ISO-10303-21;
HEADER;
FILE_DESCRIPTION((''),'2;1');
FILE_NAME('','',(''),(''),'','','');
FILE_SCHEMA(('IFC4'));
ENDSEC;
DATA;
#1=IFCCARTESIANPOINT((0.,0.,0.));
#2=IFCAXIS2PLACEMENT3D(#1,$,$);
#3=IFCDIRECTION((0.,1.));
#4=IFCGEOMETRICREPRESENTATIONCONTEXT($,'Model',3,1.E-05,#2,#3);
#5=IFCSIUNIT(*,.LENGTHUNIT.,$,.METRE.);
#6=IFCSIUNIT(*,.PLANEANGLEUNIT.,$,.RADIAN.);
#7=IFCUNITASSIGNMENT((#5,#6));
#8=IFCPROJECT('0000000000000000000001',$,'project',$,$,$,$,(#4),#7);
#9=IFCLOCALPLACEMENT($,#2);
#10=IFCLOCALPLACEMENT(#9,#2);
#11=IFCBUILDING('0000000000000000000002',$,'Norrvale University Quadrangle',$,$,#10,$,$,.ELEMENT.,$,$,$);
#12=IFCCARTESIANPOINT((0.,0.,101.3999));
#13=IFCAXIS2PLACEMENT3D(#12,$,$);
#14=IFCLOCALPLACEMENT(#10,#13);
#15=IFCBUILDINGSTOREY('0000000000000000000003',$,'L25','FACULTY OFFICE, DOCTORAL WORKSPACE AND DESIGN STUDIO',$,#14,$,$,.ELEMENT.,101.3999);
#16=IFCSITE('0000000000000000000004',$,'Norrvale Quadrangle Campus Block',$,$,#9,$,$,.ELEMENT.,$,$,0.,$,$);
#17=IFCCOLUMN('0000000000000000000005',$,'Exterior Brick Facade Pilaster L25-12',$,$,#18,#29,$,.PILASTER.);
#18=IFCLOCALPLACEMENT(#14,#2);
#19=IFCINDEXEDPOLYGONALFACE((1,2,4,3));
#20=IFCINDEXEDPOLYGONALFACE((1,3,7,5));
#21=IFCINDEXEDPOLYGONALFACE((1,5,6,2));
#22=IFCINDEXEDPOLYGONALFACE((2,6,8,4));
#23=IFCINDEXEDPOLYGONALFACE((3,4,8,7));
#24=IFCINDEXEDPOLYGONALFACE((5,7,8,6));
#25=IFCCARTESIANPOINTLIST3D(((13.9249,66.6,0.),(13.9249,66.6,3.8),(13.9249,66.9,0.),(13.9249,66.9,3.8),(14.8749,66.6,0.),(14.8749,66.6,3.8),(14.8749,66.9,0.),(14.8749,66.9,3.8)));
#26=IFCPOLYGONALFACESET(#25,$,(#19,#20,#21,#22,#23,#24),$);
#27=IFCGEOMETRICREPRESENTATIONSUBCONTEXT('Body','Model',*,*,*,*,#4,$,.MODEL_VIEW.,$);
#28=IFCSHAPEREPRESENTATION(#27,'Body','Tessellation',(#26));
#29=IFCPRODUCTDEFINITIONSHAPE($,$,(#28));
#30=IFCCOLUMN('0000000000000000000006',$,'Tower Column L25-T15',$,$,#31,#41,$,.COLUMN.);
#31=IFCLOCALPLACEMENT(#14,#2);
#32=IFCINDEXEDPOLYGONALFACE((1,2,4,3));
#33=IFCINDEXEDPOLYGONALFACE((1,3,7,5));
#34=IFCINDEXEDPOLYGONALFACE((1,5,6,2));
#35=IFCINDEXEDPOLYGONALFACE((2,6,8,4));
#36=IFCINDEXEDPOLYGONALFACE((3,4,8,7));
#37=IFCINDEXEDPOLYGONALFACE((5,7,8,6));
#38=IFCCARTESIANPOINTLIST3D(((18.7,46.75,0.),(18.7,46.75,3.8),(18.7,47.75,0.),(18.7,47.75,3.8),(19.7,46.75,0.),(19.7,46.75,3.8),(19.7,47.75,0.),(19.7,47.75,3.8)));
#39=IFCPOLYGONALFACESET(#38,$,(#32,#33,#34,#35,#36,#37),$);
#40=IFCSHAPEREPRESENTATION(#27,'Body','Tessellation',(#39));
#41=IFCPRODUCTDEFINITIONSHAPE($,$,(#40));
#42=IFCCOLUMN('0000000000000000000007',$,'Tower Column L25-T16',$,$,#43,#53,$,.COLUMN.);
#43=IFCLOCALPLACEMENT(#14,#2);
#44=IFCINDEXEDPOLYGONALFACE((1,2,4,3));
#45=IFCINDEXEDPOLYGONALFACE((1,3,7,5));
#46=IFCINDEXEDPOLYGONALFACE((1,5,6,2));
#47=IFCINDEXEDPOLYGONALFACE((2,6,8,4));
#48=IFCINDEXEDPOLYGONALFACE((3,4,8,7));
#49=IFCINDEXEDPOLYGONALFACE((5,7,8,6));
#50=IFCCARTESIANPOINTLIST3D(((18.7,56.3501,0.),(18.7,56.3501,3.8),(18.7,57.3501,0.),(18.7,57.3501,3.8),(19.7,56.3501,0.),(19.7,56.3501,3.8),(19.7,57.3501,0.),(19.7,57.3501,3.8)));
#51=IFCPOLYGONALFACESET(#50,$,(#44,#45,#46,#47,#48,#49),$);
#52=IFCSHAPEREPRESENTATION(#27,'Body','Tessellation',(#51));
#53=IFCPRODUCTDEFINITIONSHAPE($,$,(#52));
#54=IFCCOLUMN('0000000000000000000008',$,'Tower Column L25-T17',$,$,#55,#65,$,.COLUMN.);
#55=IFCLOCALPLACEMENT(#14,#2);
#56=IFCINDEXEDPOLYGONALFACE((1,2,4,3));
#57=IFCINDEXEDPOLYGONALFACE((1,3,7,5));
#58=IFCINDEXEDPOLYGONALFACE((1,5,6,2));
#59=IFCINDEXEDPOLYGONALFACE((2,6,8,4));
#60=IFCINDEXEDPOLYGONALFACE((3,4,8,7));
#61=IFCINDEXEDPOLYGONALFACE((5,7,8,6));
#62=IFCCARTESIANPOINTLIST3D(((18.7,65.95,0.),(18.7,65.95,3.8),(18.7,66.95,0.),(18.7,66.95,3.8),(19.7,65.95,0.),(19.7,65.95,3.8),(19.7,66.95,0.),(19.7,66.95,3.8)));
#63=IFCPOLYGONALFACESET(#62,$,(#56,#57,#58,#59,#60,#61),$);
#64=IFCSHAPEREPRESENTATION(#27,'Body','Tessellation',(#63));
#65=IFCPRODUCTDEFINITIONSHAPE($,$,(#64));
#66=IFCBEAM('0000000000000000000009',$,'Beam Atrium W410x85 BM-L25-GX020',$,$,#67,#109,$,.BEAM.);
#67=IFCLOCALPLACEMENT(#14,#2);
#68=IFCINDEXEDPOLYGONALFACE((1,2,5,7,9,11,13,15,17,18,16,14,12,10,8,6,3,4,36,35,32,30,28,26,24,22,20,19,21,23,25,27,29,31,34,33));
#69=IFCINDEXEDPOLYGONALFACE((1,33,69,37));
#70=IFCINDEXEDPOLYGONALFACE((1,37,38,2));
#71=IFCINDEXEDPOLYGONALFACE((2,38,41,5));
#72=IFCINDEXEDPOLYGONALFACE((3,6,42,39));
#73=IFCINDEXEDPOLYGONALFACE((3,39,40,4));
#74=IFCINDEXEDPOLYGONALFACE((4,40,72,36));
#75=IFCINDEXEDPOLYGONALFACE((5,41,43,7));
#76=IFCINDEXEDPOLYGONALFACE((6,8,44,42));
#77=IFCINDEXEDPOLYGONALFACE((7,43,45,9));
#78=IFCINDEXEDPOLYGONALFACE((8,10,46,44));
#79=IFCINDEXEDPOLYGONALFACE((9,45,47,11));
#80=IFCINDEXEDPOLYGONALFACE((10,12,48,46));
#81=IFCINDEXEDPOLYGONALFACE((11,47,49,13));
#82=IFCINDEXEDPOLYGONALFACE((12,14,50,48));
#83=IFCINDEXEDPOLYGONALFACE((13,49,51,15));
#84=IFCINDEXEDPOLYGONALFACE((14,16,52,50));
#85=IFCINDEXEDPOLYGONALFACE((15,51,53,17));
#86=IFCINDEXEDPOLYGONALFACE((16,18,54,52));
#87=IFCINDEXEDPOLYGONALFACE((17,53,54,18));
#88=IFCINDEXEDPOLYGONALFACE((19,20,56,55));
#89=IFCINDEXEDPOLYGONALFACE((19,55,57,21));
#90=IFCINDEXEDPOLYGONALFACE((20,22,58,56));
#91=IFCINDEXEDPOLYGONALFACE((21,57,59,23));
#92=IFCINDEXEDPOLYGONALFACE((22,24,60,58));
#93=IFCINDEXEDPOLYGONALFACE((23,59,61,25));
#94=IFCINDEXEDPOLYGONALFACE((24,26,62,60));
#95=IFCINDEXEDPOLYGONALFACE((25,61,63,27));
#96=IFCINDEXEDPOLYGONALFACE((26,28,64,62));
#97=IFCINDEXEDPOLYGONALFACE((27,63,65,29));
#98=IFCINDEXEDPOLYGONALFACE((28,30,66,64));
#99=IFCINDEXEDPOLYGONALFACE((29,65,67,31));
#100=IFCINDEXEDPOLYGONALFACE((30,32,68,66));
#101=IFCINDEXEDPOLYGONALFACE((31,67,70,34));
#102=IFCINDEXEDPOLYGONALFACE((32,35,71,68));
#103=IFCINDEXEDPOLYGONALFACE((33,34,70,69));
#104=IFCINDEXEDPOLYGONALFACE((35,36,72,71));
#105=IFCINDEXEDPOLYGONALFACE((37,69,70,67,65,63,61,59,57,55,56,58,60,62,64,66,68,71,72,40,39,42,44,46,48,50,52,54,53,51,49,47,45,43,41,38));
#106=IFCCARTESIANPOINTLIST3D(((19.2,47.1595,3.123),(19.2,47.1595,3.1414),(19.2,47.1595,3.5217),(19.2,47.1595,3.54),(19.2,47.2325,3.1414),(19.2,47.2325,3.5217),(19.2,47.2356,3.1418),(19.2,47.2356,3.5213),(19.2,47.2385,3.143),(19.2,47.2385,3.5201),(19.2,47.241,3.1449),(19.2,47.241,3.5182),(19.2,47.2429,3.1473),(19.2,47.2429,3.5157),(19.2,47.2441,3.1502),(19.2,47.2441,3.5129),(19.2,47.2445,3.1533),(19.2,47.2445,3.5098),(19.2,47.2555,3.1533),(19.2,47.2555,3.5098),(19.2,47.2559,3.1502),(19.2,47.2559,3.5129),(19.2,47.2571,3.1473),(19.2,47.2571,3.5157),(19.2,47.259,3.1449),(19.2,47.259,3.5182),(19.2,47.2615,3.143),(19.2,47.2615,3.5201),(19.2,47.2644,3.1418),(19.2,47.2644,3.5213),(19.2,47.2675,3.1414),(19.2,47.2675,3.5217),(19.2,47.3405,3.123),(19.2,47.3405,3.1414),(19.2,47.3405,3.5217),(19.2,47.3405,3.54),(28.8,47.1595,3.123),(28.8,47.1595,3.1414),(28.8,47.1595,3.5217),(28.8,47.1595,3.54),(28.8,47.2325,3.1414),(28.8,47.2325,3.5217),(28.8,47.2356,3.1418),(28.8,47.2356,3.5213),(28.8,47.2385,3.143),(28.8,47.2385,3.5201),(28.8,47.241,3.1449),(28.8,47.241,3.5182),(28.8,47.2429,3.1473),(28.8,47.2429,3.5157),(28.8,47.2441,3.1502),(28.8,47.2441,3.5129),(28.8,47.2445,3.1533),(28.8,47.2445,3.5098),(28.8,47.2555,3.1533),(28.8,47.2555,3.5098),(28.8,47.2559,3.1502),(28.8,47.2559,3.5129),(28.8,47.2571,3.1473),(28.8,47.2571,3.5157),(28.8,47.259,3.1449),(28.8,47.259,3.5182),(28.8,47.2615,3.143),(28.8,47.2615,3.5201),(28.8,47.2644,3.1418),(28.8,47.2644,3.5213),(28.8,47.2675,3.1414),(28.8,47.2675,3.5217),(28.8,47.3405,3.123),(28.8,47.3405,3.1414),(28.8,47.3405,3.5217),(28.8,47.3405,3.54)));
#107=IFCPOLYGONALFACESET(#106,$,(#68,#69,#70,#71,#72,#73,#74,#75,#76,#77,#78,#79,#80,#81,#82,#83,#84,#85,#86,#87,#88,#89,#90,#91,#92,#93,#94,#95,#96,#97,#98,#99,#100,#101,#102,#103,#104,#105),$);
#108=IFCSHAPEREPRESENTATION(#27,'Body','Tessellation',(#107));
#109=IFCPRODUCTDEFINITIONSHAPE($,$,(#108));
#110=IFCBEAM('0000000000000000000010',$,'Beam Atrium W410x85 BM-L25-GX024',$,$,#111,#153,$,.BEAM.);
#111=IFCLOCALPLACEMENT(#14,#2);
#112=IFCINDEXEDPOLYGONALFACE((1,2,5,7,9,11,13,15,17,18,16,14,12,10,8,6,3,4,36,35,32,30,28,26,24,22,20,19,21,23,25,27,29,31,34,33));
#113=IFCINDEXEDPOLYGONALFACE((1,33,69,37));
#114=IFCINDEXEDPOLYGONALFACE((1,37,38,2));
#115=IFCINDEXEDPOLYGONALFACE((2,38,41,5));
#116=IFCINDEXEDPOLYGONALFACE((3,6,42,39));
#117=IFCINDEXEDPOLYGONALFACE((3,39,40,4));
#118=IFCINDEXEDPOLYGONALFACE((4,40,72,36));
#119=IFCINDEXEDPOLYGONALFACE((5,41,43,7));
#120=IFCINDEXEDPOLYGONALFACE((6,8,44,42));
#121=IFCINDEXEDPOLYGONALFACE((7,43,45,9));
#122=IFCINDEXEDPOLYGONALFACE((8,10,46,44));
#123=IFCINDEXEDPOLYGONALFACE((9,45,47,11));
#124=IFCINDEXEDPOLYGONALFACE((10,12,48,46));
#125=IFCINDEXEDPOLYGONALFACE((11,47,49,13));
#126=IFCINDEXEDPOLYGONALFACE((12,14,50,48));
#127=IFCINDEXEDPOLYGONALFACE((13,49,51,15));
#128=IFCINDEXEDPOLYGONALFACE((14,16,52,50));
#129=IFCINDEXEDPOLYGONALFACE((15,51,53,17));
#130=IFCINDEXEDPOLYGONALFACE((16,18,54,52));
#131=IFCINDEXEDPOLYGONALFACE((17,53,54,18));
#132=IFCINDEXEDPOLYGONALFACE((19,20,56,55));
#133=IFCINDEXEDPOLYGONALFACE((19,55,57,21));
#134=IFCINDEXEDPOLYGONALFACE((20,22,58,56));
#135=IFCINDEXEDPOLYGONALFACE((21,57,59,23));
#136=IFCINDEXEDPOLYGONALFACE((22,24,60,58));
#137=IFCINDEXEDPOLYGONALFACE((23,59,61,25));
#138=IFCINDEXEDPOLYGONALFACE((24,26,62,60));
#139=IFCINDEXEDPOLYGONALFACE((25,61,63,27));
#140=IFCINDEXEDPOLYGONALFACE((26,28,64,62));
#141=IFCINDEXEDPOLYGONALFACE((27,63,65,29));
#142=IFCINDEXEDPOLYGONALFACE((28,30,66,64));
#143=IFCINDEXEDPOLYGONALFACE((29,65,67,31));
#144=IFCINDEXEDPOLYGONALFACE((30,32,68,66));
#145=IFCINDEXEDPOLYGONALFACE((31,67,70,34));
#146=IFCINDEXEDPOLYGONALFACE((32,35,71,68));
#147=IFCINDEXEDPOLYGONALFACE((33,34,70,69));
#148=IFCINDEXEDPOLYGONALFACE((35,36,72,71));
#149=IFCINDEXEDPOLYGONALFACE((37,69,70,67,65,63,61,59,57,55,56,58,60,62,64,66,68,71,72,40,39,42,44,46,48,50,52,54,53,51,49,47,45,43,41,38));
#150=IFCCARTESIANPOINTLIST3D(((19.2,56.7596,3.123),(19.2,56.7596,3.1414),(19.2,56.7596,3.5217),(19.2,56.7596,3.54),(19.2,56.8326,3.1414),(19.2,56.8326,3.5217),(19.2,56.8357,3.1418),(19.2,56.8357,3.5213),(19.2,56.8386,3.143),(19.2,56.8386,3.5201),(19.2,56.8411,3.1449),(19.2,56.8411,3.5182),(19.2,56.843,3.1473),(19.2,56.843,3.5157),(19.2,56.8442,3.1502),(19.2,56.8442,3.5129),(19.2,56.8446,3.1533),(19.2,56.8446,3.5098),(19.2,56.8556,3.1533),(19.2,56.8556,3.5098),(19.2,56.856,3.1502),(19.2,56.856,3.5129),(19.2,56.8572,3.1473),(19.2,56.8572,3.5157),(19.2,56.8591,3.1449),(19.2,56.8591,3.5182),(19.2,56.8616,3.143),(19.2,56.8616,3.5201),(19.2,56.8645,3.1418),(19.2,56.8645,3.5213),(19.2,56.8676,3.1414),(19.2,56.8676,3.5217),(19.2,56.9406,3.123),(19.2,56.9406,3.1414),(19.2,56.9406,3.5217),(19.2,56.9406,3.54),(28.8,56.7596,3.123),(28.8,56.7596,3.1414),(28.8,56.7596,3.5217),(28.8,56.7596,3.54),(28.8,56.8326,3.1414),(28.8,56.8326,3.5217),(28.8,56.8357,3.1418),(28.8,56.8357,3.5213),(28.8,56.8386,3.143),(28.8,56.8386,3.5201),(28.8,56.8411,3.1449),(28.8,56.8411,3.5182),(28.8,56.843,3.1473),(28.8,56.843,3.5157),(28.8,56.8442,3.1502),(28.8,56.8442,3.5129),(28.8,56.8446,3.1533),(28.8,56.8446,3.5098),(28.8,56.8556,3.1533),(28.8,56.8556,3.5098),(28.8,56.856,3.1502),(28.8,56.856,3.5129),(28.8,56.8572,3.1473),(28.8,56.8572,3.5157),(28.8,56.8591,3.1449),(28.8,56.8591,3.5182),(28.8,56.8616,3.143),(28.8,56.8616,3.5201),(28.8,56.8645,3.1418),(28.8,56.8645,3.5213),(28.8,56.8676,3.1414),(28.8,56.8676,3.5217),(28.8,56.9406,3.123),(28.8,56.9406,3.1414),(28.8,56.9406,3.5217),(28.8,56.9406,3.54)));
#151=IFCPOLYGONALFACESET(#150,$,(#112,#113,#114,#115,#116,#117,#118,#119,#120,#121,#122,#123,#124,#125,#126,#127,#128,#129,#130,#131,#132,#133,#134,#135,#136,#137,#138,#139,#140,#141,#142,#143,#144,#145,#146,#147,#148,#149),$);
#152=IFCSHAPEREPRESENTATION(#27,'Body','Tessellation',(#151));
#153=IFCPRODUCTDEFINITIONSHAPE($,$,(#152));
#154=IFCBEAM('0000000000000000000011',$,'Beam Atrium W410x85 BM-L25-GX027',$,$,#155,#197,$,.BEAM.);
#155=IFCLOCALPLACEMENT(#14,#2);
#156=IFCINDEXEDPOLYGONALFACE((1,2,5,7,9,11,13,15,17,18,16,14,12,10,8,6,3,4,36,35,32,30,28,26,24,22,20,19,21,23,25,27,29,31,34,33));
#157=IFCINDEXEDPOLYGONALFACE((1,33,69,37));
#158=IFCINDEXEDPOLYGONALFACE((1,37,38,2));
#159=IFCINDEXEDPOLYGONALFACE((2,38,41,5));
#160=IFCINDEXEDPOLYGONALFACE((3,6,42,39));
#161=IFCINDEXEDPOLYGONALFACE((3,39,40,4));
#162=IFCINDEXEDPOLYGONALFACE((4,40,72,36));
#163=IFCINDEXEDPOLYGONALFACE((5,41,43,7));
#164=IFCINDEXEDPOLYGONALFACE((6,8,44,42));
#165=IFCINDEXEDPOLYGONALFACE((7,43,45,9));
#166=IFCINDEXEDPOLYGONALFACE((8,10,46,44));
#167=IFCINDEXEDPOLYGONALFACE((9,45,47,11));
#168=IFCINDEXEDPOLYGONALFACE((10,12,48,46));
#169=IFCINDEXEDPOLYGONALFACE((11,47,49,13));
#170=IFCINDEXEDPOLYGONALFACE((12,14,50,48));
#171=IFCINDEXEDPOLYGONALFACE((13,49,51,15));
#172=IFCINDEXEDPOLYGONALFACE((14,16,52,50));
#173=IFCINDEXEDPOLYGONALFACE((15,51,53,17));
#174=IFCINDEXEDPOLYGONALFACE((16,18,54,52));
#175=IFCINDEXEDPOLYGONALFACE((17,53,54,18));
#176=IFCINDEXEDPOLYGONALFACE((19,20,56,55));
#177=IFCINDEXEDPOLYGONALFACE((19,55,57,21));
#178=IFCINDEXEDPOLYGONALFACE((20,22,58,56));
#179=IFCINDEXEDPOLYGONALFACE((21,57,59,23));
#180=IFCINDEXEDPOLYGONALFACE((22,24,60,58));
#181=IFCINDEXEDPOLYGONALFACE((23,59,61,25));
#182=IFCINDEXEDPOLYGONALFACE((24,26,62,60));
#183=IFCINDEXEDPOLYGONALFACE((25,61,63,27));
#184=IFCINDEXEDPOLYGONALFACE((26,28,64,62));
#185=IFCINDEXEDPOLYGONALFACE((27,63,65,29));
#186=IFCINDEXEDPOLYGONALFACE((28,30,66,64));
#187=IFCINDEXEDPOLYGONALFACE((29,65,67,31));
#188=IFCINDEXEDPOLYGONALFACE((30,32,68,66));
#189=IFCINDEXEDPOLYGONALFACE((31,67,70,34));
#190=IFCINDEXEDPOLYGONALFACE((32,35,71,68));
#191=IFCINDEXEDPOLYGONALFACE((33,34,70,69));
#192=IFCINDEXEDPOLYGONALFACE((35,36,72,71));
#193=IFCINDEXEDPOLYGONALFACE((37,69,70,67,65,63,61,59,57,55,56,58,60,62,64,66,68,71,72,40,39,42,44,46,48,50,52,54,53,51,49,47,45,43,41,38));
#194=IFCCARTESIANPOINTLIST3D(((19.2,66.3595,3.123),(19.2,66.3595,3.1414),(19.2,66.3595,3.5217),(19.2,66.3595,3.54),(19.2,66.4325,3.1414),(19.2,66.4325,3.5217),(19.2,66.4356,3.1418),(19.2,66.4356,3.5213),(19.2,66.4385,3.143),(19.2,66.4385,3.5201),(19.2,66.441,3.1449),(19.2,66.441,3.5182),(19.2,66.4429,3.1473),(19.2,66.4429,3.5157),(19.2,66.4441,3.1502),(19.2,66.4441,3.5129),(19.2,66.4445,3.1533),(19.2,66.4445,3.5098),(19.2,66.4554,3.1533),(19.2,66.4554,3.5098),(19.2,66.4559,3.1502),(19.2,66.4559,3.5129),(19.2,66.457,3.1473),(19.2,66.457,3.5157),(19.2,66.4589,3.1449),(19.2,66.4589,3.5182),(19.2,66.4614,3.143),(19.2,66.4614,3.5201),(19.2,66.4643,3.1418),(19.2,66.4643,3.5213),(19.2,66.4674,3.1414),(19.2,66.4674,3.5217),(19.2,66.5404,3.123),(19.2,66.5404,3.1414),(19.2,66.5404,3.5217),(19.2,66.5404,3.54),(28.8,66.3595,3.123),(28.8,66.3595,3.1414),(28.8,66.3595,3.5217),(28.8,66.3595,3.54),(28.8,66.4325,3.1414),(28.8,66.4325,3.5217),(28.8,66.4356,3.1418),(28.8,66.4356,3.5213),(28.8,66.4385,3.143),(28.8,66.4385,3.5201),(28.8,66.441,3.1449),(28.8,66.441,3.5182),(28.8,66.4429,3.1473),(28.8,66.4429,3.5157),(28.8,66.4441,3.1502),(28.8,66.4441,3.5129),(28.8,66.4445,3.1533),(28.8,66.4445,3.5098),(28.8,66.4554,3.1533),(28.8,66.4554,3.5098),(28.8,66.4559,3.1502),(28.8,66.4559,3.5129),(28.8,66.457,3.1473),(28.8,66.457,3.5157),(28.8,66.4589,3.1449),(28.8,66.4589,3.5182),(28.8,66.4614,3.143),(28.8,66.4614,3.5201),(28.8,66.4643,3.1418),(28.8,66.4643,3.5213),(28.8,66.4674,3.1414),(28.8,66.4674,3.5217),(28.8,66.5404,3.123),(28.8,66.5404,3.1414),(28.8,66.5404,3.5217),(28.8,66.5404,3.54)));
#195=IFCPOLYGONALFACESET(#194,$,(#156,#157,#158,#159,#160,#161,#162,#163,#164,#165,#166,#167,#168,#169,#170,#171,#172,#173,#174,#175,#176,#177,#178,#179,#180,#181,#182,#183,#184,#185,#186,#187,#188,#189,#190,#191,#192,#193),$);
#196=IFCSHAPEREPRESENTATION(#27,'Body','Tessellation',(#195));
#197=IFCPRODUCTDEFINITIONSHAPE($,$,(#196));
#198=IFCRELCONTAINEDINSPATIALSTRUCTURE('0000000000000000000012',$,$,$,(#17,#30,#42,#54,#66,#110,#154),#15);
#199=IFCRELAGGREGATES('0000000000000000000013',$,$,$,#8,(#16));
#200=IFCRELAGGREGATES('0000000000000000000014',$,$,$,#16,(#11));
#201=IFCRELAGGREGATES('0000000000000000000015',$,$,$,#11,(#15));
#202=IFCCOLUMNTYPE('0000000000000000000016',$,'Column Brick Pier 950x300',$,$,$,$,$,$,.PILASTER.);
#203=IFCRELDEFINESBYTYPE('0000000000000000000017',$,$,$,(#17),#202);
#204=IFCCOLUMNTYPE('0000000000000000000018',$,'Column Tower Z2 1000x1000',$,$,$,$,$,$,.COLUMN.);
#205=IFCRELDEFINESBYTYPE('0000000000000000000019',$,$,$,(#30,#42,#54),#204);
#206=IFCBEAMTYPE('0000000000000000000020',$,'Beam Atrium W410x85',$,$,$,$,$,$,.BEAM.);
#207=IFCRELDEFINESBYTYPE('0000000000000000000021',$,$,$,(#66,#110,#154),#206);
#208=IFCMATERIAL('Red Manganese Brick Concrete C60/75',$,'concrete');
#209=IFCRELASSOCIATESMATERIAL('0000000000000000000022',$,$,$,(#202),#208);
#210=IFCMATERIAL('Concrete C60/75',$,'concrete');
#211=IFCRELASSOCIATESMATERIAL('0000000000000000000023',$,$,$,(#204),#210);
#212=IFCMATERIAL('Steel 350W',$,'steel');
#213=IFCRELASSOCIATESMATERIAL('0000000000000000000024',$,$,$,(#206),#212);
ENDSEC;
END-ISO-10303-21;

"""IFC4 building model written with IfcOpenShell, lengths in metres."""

from ifc_helpers import new_model, si_unit, direction, frame, origin, origin_2d, place, context, subcontext, project, spatial, rectangle, i_section, extrude, material, material_profile, profile_set, type_object, element, save


model = new_model("IFC4")

# Units and contexts
model_context = context("Model", 3, precision=1e-05, world=origin(), true_north=direction((0.0, 1.0)))
body_context = subcontext(model_context, "Body", "Model", "MODEL_VIEW")
ifc_project = project(units=[si_unit("LENGTHUNIT", "METRE"), si_unit("PLANEANGLEUNIT", "RADIAN")], contexts=[model_context])

# Site, building, storey
site_placement = place(None, origin())
site = spatial("IfcSite", under=ifc_project, at=site_placement, Name="Norrvale Quadrangle Campus Block", CompositionType="ELEMENT", RefElevation=0.0)
building_placement = place(site_placement, origin())
building = spatial("IfcBuilding", under=site, at=building_placement, Name="Norrvale University Quadrangle", CompositionType="ELEMENT")
storey_placement = place(building_placement, frame((0.0, 0.0, 101.3999)))
storey = spatial("IfcBuildingStorey", under=building, at=storey_placement, Name="L25", Description="FACULTY OFFICE, DOCTORAL WORKSPACE AND DESIGN STUDIO", CompositionType="ELEMENT", Elevation=101.3999)

# Columns
ifc_material_1 = material(Name="Red Manganese Brick Concrete C60/75", Category="concrete")
ifc_material_profile_1 = material_profile(ifc_material_1, rectangle(XDim=0.95, YDim=0.3, at=origin_2d()), Name="Red Manganese Brick Concrete C60/75")
ifc_profile_set_1 = profile_set([ifc_material_profile_1], Name="Red Manganese Brick Concrete C60/75")
column_type_1 = type_object("IfcColumnType", Name="Column Brick Pier 950x300", PredefinedType="PILASTER", material=ifc_profile_set_1)
column_placement = place(storey_placement, frame((14.3999, 66.75, 0.0), z_axis=(0.0, 0.0, 1.0), x_axis=(1.0, 0.0, 0.0)))
element("IfcColumn", 1, at=column_placement, inside=storey, type_object=column_type_1, Name="Exterior Brick Facade Pilaster L25-12", PredefinedType="PILASTER", context=body_context, shape_type="SweptSolid", body=[
    extrude(rectangle(XDim=0.95, YDim=0.3, at=origin_2d()), origin(), (0.0, 0.0, 1.0), 3.8),
])
ifc_material_2 = material(Name="Concrete C60/75", Category="concrete")
ifc_material_profile_2 = material_profile(ifc_material_2, rectangle(XDim=1.0, YDim=1.0, at=origin_2d()), Name="Concrete C60/75")
ifc_profile_set_2 = profile_set([ifc_material_profile_2], Name="Concrete C60/75")
column_type_2 = type_object("IfcColumnType", Name="Column Tower Z2 1000x1000", PredefinedType="COLUMN", material=ifc_profile_set_2)
for number, where, z_axis, x_axis, name in (
    (2, (19.2, 47.25, 0.0), (0.0, 0.0, 1.0), (1.0, 0.0, 0.0), "Tower Column L25-T15"),
    (3, (19.2, 56.8501, 0.0), (0.0, 0.0, 1.0), (1.0, 0.0, 0.0), "Tower Column L25-T16"),
    (4, (19.2, 66.45, 0.0), (0.0, 0.0, 1.0), (1.0, 0.0, 0.0), "Tower Column L25-T17"),
):
    element("IfcColumn", number, at=place(storey_placement, frame(where, z_axis=z_axis, x_axis=x_axis)), inside=storey, type_object=column_type_2, Name=name, PredefinedType="COLUMN", context=body_context, shape_type="SweptSolid", body=[
        extrude(rectangle(XDim=1.0, YDim=1.0, at=origin_2d()), origin(), (0.0, 0.0, 1.0), 3.8),
    ])

# Beams
ifc_material_3 = material(Name="Steel 350W", Category="steel")
ifc_material_profile_3 = material_profile(ifc_material_3, i_section(OverallWidth=0.1809, OverallDepth=0.417, WebThickness=0.011, FlangeThickness=0.0183, FilletRadius=0.012, at=origin_2d()), Name="Steel 350W")
ifc_profile_set_3 = profile_set([ifc_material_profile_3], Name="Steel 350W")
beam_type_1 = type_object("IfcBeamType", Name="Beam Atrium W410x85", PredefinedType="BEAM", material=ifc_profile_set_3)
for number, where, z_axis, x_axis, name in (
    (5, (19.2, 47.25, 3.3315), (1.0, 0.0, 0.0), (0.0, 1.0, 0.0), "Beam Atrium W410x85 BM-L25-GX020"),
    (6, (19.2, 56.8501, 3.3315), (1.0, 0.0, 0.0), (0.0, 1.0, 0.0), "Beam Atrium W410x85 BM-L25-GX024"),
    (7, (19.2, 66.45, 3.3315), (1.0, 0.0, 0.0), (0.0, 1.0, 0.0), "Beam Atrium W410x85 BM-L25-GX027"),
):
    element("IfcBeam", number, at=place(storey_placement, frame(where, z_axis=z_axis, x_axis=x_axis)), inside=storey, type_object=beam_type_1, Name=name, PredefinedType="BEAM", context=body_context, shape_type="SweptSolid", body=[
        extrude(i_section(OverallWidth=0.1809, OverallDepth=0.417, WebThickness=0.011, FlangeThickness=0.0183, FilletRadius=0.012, at=origin_2d()), origin(), (0.0, 0.0, 1.0), 9.6001),
    ])

save(model, "model.ifc")
